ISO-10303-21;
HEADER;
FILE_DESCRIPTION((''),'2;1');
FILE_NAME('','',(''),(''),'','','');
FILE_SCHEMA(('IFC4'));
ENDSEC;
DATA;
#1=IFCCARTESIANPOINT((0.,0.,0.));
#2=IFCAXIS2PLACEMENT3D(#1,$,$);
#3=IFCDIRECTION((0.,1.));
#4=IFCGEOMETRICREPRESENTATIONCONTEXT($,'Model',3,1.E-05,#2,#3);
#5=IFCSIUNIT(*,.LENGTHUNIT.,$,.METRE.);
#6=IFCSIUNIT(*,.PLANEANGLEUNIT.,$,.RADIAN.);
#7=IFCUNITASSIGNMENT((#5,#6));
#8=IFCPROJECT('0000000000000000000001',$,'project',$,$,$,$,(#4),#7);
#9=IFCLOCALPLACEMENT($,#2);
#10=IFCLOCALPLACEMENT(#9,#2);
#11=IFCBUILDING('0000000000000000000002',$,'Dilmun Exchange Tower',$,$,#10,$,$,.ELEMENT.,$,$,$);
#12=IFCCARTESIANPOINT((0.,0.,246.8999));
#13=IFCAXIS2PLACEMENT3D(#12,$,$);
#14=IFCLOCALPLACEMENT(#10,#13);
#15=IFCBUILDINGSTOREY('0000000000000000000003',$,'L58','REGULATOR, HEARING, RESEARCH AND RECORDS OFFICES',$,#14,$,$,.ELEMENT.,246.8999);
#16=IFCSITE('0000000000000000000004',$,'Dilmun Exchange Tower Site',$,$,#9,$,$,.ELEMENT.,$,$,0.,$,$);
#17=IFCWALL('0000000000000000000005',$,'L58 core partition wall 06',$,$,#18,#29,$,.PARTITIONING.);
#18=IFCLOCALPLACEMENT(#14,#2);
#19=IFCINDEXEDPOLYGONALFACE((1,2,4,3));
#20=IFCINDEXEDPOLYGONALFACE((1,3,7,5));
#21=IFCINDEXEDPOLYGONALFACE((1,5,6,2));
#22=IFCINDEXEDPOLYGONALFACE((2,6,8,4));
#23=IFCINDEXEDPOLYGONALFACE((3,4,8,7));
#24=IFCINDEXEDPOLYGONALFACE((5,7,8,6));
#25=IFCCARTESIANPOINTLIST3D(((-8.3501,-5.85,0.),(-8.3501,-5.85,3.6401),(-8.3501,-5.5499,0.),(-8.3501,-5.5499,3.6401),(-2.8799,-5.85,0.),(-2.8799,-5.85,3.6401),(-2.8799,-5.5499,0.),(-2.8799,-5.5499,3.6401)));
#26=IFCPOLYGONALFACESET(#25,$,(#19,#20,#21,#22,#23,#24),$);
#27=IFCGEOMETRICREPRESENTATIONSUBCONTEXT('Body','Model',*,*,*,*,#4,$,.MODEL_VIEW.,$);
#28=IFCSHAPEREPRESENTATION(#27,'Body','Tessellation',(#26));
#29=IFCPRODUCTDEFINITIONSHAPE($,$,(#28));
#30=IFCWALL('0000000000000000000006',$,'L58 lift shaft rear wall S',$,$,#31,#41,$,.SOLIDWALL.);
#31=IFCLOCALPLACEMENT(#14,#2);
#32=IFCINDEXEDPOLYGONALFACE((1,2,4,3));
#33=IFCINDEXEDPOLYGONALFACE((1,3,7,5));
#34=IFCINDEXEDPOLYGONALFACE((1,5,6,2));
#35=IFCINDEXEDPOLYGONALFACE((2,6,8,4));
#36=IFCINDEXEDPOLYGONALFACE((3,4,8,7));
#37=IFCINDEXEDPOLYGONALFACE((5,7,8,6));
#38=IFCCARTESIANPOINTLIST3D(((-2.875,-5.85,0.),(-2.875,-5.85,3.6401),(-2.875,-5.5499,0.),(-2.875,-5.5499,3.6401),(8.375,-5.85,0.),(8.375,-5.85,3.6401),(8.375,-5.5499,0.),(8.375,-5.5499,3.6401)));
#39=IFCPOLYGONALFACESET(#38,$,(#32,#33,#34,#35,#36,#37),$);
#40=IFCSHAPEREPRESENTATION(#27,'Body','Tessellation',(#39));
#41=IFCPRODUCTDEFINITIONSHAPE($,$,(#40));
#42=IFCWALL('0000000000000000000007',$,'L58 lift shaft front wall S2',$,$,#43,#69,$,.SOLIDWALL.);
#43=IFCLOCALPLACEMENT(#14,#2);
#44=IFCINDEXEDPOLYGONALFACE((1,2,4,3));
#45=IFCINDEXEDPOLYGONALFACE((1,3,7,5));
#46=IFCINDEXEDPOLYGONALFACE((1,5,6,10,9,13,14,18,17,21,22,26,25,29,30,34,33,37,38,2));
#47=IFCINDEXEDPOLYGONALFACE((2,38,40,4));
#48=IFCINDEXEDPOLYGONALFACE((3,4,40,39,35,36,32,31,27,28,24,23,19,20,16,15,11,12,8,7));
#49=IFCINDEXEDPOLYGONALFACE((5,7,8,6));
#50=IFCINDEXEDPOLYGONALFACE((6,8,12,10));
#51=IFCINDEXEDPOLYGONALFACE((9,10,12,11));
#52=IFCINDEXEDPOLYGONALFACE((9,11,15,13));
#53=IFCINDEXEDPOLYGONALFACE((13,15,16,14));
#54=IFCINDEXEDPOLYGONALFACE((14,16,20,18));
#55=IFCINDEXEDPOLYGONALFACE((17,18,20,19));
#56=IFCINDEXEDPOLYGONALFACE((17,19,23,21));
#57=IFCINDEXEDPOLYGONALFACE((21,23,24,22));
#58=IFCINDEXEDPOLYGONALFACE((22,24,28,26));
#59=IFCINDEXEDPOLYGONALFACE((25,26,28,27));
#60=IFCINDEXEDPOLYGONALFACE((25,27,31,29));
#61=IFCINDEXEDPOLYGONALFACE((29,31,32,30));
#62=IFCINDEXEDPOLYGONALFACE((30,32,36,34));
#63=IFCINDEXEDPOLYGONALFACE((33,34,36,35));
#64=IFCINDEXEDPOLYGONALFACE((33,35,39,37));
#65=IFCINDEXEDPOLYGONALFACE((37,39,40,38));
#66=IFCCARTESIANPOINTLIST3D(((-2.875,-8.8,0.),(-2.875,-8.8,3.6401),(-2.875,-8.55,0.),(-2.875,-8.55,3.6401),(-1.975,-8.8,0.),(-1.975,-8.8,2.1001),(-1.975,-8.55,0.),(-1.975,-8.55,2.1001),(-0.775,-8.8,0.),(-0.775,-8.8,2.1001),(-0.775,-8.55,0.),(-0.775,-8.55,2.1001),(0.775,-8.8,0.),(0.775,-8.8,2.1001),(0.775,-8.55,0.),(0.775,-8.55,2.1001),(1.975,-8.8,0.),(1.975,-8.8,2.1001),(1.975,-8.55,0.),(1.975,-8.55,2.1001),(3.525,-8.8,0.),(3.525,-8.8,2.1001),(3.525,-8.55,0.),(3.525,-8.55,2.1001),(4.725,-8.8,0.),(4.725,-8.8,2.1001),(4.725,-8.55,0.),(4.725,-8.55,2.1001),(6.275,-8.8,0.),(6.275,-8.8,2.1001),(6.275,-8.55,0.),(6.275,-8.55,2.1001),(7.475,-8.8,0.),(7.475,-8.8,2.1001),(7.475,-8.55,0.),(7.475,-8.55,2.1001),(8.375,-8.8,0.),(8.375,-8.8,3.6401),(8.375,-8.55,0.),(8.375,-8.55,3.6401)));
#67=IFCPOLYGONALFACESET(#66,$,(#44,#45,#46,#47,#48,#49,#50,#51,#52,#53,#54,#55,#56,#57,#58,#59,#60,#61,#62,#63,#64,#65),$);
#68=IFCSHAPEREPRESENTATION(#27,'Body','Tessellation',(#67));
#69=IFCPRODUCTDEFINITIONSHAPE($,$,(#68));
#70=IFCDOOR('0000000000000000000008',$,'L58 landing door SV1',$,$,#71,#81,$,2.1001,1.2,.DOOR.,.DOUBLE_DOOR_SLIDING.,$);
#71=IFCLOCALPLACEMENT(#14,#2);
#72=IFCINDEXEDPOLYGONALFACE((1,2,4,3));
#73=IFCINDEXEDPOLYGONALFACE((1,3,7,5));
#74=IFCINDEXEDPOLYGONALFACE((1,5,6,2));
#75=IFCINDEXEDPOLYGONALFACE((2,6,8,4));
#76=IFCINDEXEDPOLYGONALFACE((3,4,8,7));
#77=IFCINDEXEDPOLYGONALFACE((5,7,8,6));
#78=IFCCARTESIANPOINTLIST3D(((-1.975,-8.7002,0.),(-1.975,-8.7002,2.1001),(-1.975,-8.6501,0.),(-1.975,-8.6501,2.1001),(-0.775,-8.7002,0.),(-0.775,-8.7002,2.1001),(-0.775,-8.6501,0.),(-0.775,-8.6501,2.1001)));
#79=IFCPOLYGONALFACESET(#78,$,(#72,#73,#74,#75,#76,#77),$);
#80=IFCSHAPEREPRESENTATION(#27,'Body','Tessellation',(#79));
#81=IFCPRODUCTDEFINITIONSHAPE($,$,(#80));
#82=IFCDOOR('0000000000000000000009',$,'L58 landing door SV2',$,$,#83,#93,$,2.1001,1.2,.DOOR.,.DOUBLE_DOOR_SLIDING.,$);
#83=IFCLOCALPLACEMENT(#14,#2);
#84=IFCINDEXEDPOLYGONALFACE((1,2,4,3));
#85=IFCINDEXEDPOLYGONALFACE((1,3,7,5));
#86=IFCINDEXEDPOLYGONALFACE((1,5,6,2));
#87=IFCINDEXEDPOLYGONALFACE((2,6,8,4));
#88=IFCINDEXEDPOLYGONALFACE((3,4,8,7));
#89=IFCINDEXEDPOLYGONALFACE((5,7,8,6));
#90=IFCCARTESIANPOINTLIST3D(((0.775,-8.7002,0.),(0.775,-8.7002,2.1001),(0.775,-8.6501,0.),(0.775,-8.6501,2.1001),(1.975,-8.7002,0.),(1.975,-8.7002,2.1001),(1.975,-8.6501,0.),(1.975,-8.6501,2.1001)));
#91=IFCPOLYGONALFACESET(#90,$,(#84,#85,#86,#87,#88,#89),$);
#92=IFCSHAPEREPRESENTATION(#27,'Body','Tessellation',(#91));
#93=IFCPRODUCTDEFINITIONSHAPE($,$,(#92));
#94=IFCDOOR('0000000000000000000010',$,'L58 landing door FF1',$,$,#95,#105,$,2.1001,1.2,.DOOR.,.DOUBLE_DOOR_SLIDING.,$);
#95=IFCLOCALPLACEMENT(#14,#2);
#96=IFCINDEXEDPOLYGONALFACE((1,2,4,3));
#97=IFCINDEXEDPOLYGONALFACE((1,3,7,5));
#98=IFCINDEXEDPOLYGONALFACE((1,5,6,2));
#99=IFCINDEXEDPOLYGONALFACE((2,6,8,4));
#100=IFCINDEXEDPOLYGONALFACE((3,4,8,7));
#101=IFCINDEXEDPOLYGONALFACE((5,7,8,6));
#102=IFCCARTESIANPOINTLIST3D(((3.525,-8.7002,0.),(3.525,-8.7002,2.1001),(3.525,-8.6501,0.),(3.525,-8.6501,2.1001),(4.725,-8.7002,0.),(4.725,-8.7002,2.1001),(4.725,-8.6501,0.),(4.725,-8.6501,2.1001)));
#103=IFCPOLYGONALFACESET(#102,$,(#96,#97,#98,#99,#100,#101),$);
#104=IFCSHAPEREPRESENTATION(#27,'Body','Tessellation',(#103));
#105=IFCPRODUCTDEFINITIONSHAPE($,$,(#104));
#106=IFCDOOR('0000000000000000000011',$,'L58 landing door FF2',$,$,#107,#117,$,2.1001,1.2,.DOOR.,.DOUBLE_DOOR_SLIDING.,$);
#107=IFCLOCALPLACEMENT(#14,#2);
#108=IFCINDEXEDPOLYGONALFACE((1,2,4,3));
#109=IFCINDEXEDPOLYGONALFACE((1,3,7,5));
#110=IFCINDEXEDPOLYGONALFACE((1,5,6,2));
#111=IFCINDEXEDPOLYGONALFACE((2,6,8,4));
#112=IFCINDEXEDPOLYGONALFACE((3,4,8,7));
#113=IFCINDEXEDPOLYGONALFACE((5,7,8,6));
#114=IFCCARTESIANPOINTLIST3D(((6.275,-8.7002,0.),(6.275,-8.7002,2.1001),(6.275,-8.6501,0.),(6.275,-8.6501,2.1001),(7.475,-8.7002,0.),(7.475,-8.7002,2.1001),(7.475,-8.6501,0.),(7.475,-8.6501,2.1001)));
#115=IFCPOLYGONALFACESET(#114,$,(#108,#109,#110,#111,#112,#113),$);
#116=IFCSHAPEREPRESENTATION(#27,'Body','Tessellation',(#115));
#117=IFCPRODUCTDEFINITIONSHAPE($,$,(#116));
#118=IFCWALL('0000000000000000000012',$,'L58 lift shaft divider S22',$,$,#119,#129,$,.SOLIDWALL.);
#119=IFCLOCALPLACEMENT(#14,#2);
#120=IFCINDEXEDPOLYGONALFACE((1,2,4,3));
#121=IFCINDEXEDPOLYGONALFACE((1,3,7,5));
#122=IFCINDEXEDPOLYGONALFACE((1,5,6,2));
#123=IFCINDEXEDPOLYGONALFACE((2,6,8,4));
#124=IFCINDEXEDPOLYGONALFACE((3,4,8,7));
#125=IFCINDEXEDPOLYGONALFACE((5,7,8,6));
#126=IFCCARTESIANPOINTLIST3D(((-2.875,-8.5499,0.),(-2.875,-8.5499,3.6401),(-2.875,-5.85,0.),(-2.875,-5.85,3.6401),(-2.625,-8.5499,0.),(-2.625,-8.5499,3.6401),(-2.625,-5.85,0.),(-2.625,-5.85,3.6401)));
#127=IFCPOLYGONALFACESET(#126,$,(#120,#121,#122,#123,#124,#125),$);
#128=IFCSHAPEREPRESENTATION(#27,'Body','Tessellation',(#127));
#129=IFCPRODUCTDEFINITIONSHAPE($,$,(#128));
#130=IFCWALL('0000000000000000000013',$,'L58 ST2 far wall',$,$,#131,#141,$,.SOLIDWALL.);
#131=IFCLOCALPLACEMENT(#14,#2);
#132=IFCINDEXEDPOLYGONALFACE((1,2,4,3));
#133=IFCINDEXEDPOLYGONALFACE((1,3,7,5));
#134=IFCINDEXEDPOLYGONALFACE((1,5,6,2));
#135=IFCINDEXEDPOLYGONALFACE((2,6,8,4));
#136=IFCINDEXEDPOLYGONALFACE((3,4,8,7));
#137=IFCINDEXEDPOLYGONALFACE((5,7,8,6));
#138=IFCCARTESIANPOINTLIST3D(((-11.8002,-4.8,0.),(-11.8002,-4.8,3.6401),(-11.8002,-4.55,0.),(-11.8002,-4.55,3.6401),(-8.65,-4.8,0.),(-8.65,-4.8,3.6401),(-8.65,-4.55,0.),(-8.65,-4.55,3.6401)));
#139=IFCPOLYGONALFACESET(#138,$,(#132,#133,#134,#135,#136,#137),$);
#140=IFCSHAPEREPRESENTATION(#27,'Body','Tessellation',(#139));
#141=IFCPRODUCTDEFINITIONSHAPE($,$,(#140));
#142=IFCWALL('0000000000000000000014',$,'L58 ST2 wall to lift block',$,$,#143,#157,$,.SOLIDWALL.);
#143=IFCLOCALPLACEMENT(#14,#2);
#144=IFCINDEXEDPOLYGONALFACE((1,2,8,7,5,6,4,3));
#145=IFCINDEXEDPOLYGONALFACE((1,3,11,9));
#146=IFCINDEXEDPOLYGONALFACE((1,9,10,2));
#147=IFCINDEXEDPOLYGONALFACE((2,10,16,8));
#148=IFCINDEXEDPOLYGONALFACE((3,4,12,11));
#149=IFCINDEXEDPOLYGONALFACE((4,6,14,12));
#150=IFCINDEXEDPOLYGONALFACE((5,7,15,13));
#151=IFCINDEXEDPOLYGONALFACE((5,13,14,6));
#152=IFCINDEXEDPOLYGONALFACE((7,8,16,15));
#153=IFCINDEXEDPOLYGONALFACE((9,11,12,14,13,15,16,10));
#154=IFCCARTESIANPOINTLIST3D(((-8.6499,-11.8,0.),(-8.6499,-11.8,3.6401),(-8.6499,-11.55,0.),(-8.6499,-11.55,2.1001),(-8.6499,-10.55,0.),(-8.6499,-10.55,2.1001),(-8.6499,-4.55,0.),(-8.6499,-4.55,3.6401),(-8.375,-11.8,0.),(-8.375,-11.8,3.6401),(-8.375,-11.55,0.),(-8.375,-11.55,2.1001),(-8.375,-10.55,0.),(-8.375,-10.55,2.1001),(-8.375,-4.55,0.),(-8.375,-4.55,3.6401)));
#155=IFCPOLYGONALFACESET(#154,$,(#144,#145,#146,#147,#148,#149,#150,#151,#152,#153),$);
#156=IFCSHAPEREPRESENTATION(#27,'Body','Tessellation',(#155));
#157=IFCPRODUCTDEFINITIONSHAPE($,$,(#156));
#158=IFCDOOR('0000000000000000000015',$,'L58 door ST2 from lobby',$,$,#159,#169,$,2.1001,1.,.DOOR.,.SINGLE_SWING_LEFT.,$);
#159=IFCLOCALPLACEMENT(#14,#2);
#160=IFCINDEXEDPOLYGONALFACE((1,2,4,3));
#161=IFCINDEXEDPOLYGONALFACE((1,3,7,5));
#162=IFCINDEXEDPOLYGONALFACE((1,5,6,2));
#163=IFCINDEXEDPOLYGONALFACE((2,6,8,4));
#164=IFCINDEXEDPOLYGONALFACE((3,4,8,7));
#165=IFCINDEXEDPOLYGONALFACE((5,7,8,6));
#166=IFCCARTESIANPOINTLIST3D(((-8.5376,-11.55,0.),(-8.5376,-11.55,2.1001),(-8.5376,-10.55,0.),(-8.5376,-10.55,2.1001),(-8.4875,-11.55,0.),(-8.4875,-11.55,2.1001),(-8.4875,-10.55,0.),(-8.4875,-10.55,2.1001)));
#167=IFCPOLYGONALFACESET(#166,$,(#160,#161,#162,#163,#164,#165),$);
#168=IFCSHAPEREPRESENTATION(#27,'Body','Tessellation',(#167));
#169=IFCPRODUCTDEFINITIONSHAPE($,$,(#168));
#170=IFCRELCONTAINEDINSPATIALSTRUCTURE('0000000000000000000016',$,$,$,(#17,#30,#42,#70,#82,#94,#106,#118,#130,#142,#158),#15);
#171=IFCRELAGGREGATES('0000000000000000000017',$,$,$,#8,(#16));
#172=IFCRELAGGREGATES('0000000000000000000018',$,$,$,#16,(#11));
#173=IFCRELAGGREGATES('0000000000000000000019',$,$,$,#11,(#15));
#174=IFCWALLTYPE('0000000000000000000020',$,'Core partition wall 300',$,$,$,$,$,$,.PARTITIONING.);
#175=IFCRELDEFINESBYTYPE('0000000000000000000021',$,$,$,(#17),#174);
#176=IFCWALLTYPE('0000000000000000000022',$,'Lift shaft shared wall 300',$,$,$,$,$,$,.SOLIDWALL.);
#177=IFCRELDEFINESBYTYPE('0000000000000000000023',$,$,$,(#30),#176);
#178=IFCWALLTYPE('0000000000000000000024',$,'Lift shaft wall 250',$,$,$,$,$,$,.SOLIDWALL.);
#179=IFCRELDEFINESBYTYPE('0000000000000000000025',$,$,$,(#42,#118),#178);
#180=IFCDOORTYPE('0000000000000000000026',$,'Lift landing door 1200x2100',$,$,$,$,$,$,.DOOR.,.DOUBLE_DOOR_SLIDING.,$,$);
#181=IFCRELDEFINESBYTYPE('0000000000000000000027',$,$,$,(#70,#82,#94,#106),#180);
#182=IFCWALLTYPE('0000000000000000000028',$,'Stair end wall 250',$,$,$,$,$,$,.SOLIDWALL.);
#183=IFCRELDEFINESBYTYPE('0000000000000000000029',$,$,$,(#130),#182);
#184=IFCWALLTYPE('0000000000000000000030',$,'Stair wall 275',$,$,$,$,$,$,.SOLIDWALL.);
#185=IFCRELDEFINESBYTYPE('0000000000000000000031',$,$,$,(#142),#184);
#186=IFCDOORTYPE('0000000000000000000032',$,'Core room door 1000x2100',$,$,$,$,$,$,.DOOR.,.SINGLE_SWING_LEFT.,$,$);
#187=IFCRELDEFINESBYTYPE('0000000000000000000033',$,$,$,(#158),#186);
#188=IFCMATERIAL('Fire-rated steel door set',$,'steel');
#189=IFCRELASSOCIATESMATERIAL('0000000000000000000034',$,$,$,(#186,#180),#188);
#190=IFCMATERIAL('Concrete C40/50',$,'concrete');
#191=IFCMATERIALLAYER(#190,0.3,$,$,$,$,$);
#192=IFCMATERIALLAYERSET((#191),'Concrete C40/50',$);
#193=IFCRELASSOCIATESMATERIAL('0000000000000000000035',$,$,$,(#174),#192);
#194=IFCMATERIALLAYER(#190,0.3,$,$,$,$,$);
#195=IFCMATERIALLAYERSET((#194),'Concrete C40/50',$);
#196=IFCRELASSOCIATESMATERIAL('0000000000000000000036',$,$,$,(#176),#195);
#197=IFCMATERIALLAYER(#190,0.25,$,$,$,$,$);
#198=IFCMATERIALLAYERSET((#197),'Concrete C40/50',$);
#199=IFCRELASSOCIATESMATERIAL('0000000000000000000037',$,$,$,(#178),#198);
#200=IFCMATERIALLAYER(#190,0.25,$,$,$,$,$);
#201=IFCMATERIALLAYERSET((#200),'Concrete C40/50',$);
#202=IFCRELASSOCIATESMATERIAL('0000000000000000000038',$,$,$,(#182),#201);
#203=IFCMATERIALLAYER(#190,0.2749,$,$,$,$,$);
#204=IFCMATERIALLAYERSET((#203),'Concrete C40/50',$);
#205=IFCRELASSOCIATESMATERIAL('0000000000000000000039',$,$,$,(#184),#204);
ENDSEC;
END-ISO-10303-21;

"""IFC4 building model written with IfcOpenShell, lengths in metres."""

from ifc_helpers import new_model, si_unit, direction, frame, frame_2d, origin, place, context, subcontext, project, spatial, rectangle, extrude, material, layer, layer_set, type_object, element, fill, save


model = new_model("IFC4")

# Units and contexts
model_context = context("Model", 3, precision=1e-05, world=origin(), true_north=direction((0.0, 1.0)))
body_context = subcontext(model_context, "Body", "Model", "MODEL_VIEW")
ifc_project = project(units=[si_unit("LENGTHUNIT", "METRE"), si_unit("PLANEANGLEUNIT", "RADIAN")], contexts=[model_context])

# Site, building, storey
site_placement = place(None, origin())
site = spatial("IfcSite", under=ifc_project, at=site_placement, Name="Dilmun Exchange Tower Site", CompositionType="ELEMENT", RefElevation=0.0)
building_placement = place(site_placement, origin())
building = spatial("IfcBuilding", under=site, at=building_placement, Name="Dilmun Exchange Tower", CompositionType="ELEMENT")
storey_placement = place(building_placement, frame((0.0, 0.0, 246.8999)))
storey = spatial("IfcBuildingStorey", under=building, at=storey_placement, Name="L58", Description="REGULATOR, HEARING, RESEARCH AND RECORDS OFFICES", CompositionType="ELEMENT", Elevation=246.8999)

# Shared definitions
ifc_material_1 = material(Name="Concrete C40/50", Category="concrete")

# Shared definitions
ifc_material_2 = material(Name="Fire-rated steel door set", Category="steel")
door_type_1 = type_object("IfcDoorType", Name="Core room door 1000x2100", OperationType="SINGLE_SWING_LEFT", PredefinedType="DOOR", material=ifc_material_2)

# Walls
ifc_layer_1 = layer(ifc_material_1, 0.3)
ifc_layer_set_1 = layer_set([ifc_layer_1], Name="Concrete C40/50")
wall_type_1 = type_object("IfcWallType", Name="Core partition wall 300", PredefinedType="PARTITIONING", material=ifc_layer_set_1)
wall_1_placement = place(storey_placement, frame((-8.3501, -5.7, 0.0), z_axis=(0.0, 0.0, 1.0), x_axis=(1.0, 0.0, 0.0)))
element("IfcWall", 1, at=wall_1_placement, inside=storey, type_object=wall_type_1, Name="L58 core partition wall 06", PredefinedType="PARTITIONING", context=body_context, shape_type="SweptSolid", body=[
    extrude(rectangle(XDim=5.4702, YDim=0.3, at=frame_2d((2.7351, 0.0))), origin(), (0.0, 0.0, 1.0), 3.6401),
])
ifc_layer_2 = layer(ifc_material_1, 0.3)
ifc_layer_set_2 = layer_set([ifc_layer_2], Name="Concrete C40/50")
wall_type_2 = type_object("IfcWallType", Name="Lift shaft shared wall 300", PredefinedType="SOLIDWALL", material=ifc_layer_set_2)
wall_2_placement = place(storey_placement, frame((-2.875, -5.7, 0.0), z_axis=(0.0, 0.0, 1.0), x_axis=(1.0, 0.0, 0.0)))
element("IfcWall", 2, at=wall_2_placement, inside=storey, type_object=wall_type_2, Name="L58 lift shaft rear wall S", PredefinedType="SOLIDWALL", context=body_context, shape_type="SweptSolid", body=[
    extrude(rectangle(XDim=11.25, YDim=0.3, at=frame_2d((5.625, 0.0))), origin(), (0.0, 0.0, 1.0), 3.6401),
])

# Wall, openings, doors
ifc_layer_3 = layer(ifc_material_1, 0.25)
ifc_layer_set_3 = layer_set([ifc_layer_3], Name="Concrete C40/50")
wall_type_3 = type_object("IfcWallType", Name="Lift shaft wall 250", PredefinedType="SOLIDWALL", material=ifc_layer_set_3)
wall_3_placement = place(storey_placement, frame((-2.875, -8.675, 0.0), z_axis=(0.0, 0.0, 1.0), x_axis=(1.0, 0.0, 0.0)))
wall_3 = element("IfcWall", 3, at=wall_3_placement, inside=storey, type_object=wall_type_3, Name="L58 lift shaft front wall S2", PredefinedType="SOLIDWALL", context=body_context, shape_type="SweptSolid", body=[
    extrude(rectangle(XDim=11.25, YDim=0.25, at=frame_2d((5.625, 0.0))), origin(), (0.0, 0.0, 1.0), 3.6401),
])
opening_1_placement = place(wall_3_placement, frame((0.8999, 0.0, 0.0)))
opening_1 = element("IfcOpeningElement", 4, at=opening_1_placement, cuts=wall_3, PredefinedType="OPENING", context=body_context, shape_type="SweptSolid", body=[
    extrude(rectangle(XDim=1.2, YDim=2.1001, at=frame_2d((0.6001, 1.05))), frame((0.0, 0.135, 0.0), z_axis=(0.0, -1.0, 0.0), x_axis=(1.0, 0.0, 0.0)), (0.0, 0.0, 1.0), 0.27),
])
opening_2_placement = place(wall_3_placement, frame((3.6499, 0.0, 0.0)))
opening_2 = element("IfcOpeningElement", 5, at=opening_2_placement, cuts=wall_3, PredefinedType="OPENING", context=body_context, shape_type="SweptSolid", body=[
    extrude(rectangle(XDim=1.2, YDim=2.1001, at=frame_2d((0.6001, 1.05))), frame((0.0, 0.135, 0.0), z_axis=(0.0, -1.0, 0.0), x_axis=(1.0, 0.0, 0.0)), (0.0, 0.0, 1.0), 0.27),
])
opening_3_placement = place(wall_3_placement, frame((6.3999, 0.0, 0.0)))
opening_3 = element("IfcOpeningElement", 6, at=opening_3_placement, cuts=wall_3, PredefinedType="OPENING", context=body_context, shape_type="SweptSolid", body=[
    extrude(rectangle(XDim=1.2, YDim=2.1001, at=frame_2d((0.6001, 1.05))), frame((0.0, 0.135, 0.0), z_axis=(0.0, -1.0, 0.0), x_axis=(1.0, 0.0, 0.0)), (0.0, 0.0, 1.0), 0.27),
])
opening_4_placement = place(wall_3_placement, frame((9.1499, 0.0, 0.0)))
opening_4 = element("IfcOpeningElement", 7, at=opening_4_placement, cuts=wall_3, PredefinedType="OPENING", context=body_context, shape_type="SweptSolid", body=[
    extrude(rectangle(XDim=1.2, YDim=2.1001, at=frame_2d((0.6001, 1.05))), frame((0.0, 0.135, 0.0), z_axis=(0.0, -1.0, 0.0), x_axis=(1.0, 0.0, 0.0)), (0.0, 0.0, 1.0), 0.27),
])
door_type_2 = type_object("IfcDoorType", Name="Lift landing door 1200x2100", OperationType="DOUBLE_DOOR_SLIDING", PredefinedType="DOOR", material=ifc_material_2)
door_1_placement = place(opening_1_placement, origin())
door_1 = element("IfcDoor", 8, at=door_1_placement, inside=storey, type_object=door_type_2, Name="L58 landing door SV1", OperationType="DOUBLE_DOOR_SLIDING", OverallHeight=2.1001, OverallWidth=1.2, PredefinedType="DOOR", context=body_context, shape_type="SweptSolid", body=[
    extrude(rectangle(XDim=1.2, YDim=2.1001, at=frame_2d((0.6001, 1.05))), frame((0.0, 0.0249, 0.0), z_axis=(0.0, -1.0, 0.0), x_axis=(1.0, 0.0, 0.0)), (0.0, 0.0, 1.0), 0.05),
])
fill(opening_1, door_1)
door_2_placement = place(opening_2_placement, origin())
door_2 = element("IfcDoor", 9, at=door_2_placement, inside=storey, type_object=door_type_2, Name="L58 landing door SV2", OperationType="DOUBLE_DOOR_SLIDING", OverallHeight=2.1001, OverallWidth=1.2, PredefinedType="DOOR", context=body_context, shape_type="SweptSolid", body=[
    extrude(rectangle(XDim=1.2, YDim=2.1001, at=frame_2d((0.6001, 1.05))), frame((0.0, 0.0249, 0.0), z_axis=(0.0, -1.0, 0.0), x_axis=(1.0, 0.0, 0.0)), (0.0, 0.0, 1.0), 0.05),
])
fill(opening_2, door_2)
door_3_placement = place(opening_3_placement, origin())
door_3 = element("IfcDoor", 10, at=door_3_placement, inside=storey, type_object=door_type_2, Name="L58 landing door FF1", OperationType="DOUBLE_DOOR_SLIDING", OverallHeight=2.1001, OverallWidth=1.2, PredefinedType="DOOR", context=body_context, shape_type="SweptSolid", body=[
    extrude(rectangle(XDim=1.2, YDim=2.1001, at=frame_2d((0.6001, 1.05))), frame((0.0, 0.0249, 0.0), z_axis=(0.0, -1.0, 0.0), x_axis=(1.0, 0.0, 0.0)), (0.0, 0.0, 1.0), 0.05),
])
fill(opening_3, door_3)
door_4_placement = place(opening_4_placement, origin())
door_4 = element("IfcDoor", 11, at=door_4_placement, inside=storey, type_object=door_type_2, Name="L58 landing door FF2", OperationType="DOUBLE_DOOR_SLIDING", OverallHeight=2.1001, OverallWidth=1.2, PredefinedType="DOOR", context=body_context, shape_type="SweptSolid", body=[
    extrude(rectangle(XDim=1.2, YDim=2.1001, at=frame_2d((0.6001, 1.05))), frame((0.0, 0.0249, 0.0), z_axis=(0.0, -1.0, 0.0), x_axis=(1.0, 0.0, 0.0)), (0.0, 0.0, 1.0), 0.05),
])
fill(opening_4, door_4)

# Walls
wall_4_placement = place(storey_placement, frame((-2.75, -8.55, 0.0), z_axis=(0.0, 0.0, 1.0), x_axis=(0.0, 1.0, 0.0)))
element("IfcWall", 12, at=wall_4_placement, inside=storey, type_object=wall_type_3, Name="L58 lift shaft divider S22", PredefinedType="SOLIDWALL", context=body_context, shape_type="SweptSolid", body=[
    extrude(rectangle(XDim=2.7, YDim=0.25, at=frame_2d((1.3501, 0.0))), origin(), (0.0, 0.0, 1.0), 3.6401),
])
ifc_layer_4 = layer(ifc_material_1, 0.25)
ifc_layer_set_4 = layer_set([ifc_layer_4], Name="Concrete C40/50")
wall_type_4 = type_object("IfcWallType", Name="Stair end wall 250", PredefinedType="SOLIDWALL", material=ifc_layer_set_4)
wall_5_placement = place(storey_placement, frame((-8.6499, -4.675, 0.0), z_axis=(0.0, 0.0, 1.0), x_axis=(-1.0, 0.0, 0.0)))
element("IfcWall", 13, at=wall_5_placement, inside=storey, type_object=wall_type_4, Name="L58 ST2 far wall", PredefinedType="SOLIDWALL", context=body_context, shape_type="SweptSolid", body=[
    extrude(rectangle(XDim=3.1501, YDim=0.25, at=frame_2d((1.5752, 0.0))), origin(), (0.0, 0.0, 1.0), 3.6401),
])

# Wall, opening, door
ifc_layer_5 = layer(ifc_material_1, 0.2749)
ifc_layer_set_5 = layer_set([ifc_layer_5], Name="Concrete C40/50")
wall_type_5 = type_object("IfcWallType", Name="Stair wall 275", PredefinedType="SOLIDWALL", material=ifc_layer_set_5)
wall_6_placement = place(storey_placement, frame((-8.5125, -4.55, 0.0), z_axis=(0.0, 0.0, 1.0), x_axis=(0.0, -1.0, 0.0)))
wall_6 = element("IfcWall", 14, at=wall_6_placement, inside=storey, type_object=wall_type_5, Name="L58 ST2 wall to lift block", PredefinedType="SOLIDWALL", context=body_context, shape_type="SweptSolid", body=[
    extrude(rectangle(XDim=7.25, YDim=0.2749, at=frame_2d((3.625, 0.0))), origin(), (0.0, 0.0, 1.0), 3.6401),
])
opening_5_placement = place(wall_6_placement, frame((6.0, 0.0, 0.0)))
opening_5 = element("IfcOpeningElement", 15, at=opening_5_placement, cuts=wall_6, PredefinedType="OPENING", context=body_context, shape_type="SweptSolid", body=[
    extrude(rectangle(XDim=1.0, YDim=2.1001, at=frame_2d((0.5, 1.05))), frame((0.0, 0.1475, 0.0), z_axis=(0.0, -1.0, 0.0), x_axis=(1.0, 0.0, 0.0)), (0.0, 0.0, 1.0), 0.2949),
])
door_5_placement = place(opening_5_placement, origin())
door_5 = element("IfcDoor", 16, at=door_5_placement, inside=storey, type_object=door_type_1, Name="L58 door ST2 from lobby", OperationType="SINGLE_SWING_LEFT", OverallHeight=2.1001, OverallWidth=1.0, PredefinedType="DOOR", context=body_context, shape_type="SweptSolid", body=[
    extrude(rectangle(XDim=1.0, YDim=2.1001, at=frame_2d((0.5, 1.05))), frame((0.0, 0.0249, 0.0), z_axis=(0.0, -1.0, 0.0), x_axis=(1.0, 0.0, 0.0)), (0.0, 0.0, 1.0), 0.05),
])
fill(opening_5, door_5)

save(model, "model.ifc")
